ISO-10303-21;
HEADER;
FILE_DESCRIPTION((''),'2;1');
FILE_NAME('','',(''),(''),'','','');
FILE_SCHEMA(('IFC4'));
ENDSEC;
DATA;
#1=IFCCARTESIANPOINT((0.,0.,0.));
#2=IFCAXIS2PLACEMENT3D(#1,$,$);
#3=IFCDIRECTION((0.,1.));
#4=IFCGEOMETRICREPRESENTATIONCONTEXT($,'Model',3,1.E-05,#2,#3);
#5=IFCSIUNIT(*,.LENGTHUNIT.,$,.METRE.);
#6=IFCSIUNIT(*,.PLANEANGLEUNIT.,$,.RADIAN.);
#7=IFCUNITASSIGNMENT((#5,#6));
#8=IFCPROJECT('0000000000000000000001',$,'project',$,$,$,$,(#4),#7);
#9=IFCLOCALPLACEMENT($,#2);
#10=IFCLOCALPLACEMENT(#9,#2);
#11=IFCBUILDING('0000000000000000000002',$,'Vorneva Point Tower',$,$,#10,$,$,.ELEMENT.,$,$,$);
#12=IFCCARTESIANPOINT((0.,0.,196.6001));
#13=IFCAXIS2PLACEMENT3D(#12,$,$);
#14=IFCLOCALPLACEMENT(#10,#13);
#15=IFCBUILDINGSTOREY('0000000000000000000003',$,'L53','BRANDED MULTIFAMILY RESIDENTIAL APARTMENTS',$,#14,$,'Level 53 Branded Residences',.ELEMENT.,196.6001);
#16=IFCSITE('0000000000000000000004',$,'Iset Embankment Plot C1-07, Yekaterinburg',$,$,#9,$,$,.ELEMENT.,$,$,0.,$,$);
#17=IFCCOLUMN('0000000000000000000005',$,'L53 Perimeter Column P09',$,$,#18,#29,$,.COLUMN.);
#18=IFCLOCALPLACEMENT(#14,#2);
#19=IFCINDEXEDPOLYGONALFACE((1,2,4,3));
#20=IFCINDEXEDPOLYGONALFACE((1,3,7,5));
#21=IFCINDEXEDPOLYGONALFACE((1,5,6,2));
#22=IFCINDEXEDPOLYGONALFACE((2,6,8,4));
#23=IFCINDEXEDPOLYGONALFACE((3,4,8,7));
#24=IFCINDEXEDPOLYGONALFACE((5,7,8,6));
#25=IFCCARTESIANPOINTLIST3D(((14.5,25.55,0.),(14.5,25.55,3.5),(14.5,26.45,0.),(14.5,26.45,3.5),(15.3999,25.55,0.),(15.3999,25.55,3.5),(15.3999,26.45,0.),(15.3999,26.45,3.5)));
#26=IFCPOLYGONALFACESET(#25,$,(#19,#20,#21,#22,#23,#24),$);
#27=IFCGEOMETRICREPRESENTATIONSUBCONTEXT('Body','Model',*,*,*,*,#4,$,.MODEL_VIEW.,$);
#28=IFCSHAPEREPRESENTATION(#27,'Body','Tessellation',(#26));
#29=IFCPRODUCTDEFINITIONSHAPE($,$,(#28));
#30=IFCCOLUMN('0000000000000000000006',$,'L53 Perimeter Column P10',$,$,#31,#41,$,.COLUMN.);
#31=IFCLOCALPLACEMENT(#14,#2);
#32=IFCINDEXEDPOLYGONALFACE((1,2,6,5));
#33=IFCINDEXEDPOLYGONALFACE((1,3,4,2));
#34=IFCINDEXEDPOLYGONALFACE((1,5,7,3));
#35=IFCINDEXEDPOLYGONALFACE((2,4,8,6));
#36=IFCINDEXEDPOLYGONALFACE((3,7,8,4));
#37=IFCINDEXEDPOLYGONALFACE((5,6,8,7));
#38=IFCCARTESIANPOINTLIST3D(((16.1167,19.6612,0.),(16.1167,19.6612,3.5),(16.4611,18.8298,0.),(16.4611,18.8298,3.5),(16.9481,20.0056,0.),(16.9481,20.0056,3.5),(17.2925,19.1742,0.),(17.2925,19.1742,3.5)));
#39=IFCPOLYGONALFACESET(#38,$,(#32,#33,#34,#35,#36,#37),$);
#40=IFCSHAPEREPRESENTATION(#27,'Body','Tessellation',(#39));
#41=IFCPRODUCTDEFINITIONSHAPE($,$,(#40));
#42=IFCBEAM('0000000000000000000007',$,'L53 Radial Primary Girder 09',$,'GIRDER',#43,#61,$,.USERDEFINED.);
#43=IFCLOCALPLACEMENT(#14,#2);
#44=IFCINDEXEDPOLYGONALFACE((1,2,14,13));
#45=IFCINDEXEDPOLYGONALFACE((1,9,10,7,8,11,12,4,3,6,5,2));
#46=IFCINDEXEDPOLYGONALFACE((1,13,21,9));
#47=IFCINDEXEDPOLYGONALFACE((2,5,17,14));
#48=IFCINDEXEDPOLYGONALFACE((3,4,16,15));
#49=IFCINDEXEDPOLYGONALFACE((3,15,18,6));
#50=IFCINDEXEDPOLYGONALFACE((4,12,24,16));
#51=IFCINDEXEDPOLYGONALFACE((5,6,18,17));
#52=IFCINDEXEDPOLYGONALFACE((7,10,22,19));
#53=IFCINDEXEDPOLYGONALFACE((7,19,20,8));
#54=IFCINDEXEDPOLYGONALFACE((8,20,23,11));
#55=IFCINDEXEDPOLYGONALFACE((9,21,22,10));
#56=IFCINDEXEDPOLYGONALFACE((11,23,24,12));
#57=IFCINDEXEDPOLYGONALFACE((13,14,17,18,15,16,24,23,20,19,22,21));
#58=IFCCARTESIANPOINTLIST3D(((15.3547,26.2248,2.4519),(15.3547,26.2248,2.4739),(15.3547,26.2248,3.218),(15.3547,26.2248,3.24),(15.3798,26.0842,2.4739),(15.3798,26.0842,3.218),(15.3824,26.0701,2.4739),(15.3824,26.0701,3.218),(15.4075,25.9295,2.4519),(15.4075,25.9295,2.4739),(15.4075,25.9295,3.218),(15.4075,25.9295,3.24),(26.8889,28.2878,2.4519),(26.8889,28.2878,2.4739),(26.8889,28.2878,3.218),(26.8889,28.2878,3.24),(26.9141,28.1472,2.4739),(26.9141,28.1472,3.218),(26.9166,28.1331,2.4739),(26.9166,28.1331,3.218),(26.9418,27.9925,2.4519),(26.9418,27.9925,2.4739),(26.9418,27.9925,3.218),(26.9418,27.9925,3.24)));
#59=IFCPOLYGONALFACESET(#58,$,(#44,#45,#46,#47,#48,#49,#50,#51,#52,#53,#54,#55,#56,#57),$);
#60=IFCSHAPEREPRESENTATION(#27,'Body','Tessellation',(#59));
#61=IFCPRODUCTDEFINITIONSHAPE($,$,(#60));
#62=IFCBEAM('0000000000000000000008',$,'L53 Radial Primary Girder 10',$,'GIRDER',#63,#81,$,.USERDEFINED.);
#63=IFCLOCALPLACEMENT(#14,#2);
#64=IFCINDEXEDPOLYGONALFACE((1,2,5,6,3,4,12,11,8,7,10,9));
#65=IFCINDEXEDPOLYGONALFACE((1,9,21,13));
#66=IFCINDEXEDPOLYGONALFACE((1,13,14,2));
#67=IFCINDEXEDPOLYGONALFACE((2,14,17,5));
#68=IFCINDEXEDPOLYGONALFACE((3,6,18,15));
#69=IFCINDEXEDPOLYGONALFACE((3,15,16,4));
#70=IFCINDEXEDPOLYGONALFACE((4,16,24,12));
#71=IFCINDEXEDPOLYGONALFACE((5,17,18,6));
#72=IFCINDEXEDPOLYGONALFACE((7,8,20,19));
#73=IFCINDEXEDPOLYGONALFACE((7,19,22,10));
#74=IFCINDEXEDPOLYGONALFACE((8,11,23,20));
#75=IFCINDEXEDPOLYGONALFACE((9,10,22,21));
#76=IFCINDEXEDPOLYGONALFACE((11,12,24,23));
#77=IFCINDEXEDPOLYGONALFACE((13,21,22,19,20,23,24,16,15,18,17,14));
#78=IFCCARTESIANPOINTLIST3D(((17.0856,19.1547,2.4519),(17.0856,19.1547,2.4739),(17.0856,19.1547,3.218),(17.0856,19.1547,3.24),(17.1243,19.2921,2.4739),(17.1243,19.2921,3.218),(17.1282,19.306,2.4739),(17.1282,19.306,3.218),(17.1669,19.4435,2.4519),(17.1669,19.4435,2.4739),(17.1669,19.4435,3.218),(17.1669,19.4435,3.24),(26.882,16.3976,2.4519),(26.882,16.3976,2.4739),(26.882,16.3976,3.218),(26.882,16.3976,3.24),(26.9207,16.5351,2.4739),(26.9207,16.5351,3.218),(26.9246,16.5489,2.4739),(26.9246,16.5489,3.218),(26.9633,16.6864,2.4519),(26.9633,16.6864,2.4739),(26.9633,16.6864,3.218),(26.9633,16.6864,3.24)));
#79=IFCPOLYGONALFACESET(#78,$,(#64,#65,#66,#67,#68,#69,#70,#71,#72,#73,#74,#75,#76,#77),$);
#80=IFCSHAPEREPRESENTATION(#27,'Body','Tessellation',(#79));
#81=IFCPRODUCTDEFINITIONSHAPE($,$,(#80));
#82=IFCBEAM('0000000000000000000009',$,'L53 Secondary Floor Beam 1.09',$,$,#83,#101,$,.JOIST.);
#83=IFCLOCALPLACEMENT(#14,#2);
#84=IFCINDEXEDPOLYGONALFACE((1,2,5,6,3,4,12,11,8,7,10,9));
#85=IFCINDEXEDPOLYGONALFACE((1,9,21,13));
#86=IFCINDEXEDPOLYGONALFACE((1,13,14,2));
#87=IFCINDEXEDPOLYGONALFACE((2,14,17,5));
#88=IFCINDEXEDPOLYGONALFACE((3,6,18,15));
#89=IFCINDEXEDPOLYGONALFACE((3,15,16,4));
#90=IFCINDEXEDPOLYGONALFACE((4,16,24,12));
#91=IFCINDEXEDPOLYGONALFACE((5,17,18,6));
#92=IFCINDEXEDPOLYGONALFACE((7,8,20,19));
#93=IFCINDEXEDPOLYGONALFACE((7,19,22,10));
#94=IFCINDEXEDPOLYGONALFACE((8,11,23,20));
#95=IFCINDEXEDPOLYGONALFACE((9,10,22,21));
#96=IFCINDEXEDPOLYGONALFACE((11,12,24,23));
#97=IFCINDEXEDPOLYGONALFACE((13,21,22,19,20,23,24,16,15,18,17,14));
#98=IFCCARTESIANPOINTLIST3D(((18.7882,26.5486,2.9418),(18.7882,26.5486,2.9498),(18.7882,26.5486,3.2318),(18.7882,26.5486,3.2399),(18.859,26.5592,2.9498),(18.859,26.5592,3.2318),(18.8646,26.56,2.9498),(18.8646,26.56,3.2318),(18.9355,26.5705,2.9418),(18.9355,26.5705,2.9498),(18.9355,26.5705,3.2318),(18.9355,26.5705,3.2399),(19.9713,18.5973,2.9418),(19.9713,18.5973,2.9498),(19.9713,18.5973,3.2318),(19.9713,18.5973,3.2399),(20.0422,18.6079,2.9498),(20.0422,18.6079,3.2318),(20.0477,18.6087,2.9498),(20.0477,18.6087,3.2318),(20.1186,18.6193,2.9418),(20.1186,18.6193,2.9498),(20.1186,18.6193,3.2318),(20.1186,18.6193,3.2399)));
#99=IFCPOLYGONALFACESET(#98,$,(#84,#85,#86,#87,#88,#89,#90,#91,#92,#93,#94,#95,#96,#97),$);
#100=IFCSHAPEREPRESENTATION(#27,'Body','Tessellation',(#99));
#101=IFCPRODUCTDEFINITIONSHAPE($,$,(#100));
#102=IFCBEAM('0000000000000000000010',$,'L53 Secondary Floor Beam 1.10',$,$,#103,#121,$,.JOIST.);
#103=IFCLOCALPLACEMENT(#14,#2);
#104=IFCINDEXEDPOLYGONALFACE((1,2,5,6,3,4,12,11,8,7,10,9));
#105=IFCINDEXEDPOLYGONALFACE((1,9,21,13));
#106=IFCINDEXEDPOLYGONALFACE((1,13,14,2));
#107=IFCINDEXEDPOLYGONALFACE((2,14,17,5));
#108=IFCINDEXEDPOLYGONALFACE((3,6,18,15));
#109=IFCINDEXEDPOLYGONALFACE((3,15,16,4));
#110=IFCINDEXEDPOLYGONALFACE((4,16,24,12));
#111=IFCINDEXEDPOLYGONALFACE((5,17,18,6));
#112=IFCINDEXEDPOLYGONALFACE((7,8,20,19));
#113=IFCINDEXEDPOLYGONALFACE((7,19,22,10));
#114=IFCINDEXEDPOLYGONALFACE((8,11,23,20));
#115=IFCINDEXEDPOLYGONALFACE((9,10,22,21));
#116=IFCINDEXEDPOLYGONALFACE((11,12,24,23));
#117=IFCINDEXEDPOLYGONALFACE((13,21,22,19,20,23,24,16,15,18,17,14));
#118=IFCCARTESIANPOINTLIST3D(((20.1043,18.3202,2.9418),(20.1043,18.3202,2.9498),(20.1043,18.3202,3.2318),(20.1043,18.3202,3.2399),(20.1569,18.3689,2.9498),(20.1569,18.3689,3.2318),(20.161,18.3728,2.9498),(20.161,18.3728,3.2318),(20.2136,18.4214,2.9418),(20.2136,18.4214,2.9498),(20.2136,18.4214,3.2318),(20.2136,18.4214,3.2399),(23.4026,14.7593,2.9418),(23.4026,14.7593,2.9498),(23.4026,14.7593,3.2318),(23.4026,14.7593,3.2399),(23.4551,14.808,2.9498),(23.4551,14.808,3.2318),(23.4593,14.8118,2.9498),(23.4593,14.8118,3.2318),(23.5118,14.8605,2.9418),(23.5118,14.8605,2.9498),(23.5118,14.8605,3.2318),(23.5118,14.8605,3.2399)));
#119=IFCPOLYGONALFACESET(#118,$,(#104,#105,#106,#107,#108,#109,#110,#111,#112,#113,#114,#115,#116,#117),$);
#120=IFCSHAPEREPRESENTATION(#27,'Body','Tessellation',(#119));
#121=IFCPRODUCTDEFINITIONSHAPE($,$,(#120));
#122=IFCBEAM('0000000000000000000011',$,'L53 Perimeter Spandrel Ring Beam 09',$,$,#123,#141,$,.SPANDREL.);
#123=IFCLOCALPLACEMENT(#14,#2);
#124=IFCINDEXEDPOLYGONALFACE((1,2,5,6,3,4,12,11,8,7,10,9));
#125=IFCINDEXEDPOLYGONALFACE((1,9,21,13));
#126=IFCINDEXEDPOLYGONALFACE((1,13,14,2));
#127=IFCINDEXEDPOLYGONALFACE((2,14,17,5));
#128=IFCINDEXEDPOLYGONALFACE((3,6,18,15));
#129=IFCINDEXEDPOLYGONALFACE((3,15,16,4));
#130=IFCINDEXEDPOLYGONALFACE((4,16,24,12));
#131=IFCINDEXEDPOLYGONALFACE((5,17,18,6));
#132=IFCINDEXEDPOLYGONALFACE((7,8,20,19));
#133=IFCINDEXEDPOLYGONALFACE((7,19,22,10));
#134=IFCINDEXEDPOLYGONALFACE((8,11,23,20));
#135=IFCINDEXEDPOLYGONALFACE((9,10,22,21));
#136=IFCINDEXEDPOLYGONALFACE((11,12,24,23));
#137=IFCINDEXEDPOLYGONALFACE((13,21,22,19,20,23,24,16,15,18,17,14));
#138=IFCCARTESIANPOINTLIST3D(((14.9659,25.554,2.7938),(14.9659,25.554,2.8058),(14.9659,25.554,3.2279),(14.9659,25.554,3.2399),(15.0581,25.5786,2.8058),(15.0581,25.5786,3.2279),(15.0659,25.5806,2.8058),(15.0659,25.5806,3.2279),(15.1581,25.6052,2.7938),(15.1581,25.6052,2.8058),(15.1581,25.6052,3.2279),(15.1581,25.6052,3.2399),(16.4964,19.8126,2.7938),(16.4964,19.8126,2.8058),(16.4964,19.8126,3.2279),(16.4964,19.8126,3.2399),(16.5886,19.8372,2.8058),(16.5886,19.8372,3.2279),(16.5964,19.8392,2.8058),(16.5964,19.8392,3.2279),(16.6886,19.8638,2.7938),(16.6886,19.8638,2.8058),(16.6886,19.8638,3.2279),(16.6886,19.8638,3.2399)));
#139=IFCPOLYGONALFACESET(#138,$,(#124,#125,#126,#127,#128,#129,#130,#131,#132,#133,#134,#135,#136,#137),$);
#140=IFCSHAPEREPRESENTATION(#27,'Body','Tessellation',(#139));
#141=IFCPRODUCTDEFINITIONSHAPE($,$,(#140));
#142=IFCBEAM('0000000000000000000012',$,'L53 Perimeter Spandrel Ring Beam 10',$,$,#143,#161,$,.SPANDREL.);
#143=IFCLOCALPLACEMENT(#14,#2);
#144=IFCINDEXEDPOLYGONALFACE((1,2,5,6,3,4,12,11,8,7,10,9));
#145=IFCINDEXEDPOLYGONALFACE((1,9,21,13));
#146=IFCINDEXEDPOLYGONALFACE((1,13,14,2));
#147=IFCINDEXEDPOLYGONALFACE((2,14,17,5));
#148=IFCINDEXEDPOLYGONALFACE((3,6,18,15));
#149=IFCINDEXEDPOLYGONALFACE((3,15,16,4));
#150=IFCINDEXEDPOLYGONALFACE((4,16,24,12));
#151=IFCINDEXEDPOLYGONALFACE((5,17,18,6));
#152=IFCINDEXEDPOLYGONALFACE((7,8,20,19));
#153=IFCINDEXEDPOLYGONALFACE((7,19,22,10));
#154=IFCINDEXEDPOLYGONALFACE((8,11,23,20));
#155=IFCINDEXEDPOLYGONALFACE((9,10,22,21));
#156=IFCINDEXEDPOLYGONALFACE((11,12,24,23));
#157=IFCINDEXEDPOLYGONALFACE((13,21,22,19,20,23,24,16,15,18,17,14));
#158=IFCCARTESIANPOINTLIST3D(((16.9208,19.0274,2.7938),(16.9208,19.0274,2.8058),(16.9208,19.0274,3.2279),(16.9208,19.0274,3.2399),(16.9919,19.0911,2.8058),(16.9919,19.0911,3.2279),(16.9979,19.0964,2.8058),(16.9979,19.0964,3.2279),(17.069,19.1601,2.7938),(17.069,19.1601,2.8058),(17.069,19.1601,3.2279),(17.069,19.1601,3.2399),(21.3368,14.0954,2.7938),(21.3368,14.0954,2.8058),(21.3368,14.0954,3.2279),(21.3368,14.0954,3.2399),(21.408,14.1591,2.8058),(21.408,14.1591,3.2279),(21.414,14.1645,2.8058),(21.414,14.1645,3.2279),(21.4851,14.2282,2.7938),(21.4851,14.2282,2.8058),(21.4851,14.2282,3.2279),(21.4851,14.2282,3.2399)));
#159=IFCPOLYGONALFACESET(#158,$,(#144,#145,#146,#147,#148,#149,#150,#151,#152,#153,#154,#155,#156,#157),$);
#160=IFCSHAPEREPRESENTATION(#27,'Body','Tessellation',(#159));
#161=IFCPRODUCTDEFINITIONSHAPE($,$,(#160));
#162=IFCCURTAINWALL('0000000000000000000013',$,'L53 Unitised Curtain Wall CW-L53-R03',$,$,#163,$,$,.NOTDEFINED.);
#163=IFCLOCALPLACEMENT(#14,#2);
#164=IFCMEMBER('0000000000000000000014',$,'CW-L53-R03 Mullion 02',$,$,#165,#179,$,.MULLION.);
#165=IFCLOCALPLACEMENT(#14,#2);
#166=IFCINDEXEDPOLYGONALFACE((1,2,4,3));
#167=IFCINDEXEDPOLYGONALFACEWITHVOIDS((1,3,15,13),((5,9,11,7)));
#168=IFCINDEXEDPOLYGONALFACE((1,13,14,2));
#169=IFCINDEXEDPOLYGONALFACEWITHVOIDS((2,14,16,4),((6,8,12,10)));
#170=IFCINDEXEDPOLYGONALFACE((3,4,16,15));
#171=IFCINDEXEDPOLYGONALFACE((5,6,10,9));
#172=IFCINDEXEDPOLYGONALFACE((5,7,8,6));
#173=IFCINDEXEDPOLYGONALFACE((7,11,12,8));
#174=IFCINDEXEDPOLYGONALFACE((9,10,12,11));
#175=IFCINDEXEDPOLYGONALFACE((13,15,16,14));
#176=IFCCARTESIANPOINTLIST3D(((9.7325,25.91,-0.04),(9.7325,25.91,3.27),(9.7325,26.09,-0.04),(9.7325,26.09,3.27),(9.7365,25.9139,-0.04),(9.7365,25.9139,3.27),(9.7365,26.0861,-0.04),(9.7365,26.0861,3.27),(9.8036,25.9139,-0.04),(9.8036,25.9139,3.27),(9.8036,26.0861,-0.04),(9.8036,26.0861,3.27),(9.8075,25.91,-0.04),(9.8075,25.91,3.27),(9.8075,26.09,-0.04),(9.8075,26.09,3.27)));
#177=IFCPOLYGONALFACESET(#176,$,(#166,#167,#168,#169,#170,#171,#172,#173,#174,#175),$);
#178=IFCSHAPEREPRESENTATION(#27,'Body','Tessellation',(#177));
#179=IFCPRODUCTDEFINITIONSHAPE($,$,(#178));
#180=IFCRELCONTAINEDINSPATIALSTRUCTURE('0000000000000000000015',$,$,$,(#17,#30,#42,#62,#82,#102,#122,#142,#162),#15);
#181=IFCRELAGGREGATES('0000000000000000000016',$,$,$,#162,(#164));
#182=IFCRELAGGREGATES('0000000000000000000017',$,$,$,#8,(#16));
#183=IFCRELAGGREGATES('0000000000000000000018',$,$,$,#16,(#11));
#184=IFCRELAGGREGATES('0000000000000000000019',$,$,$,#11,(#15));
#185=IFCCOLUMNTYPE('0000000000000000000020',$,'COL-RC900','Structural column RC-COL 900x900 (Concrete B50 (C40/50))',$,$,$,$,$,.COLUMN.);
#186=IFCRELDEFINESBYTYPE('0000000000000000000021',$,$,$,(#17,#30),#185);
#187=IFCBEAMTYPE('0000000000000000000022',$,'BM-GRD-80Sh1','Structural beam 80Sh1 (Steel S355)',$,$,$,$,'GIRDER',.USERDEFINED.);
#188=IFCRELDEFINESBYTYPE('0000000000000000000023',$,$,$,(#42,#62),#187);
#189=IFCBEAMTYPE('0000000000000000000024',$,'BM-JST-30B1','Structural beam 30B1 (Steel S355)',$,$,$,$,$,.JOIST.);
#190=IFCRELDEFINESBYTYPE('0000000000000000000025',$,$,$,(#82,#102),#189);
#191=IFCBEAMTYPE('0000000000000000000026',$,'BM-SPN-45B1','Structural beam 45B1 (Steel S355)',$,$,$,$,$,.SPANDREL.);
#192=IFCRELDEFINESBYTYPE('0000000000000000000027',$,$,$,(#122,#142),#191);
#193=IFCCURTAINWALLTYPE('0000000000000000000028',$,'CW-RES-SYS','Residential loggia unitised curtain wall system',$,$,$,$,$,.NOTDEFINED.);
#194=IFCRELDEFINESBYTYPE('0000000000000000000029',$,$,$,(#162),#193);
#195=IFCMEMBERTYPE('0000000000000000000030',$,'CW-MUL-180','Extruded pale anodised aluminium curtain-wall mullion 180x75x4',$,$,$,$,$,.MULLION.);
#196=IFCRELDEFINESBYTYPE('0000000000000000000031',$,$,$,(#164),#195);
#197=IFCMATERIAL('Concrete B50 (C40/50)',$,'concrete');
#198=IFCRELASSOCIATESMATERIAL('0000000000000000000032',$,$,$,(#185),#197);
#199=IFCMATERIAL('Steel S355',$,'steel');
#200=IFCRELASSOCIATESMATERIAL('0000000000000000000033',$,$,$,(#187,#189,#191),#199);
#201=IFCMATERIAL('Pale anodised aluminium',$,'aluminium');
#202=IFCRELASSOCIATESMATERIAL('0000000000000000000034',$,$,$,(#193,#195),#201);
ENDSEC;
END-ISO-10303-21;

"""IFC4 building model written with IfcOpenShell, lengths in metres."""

from ifc_helpers import new_model, si_unit, direction, frame, origin, origin_2d, place, context, subcontext, project, spatial, rectangle, hollow_rectangle, i_section, extrude, material, material_profile, profile_set, type_object, element, aggregate, save


model = new_model("IFC4")

# Units and contexts
model_context = context("Model", 3, precision=1e-05, world=origin(), true_north=direction((0.0, 1.0)))
body_context = subcontext(model_context, "Body", "Model", "MODEL_VIEW")
ifc_project = project(units=[si_unit("LENGTHUNIT", "METRE"), si_unit("PLANEANGLEUNIT", "RADIAN")], contexts=[model_context])

# Site, building, storey
site_placement = place(None, origin())
site = spatial("IfcSite", under=ifc_project, at=site_placement, Name="Iset Embankment Plot C1-07, Yekaterinburg", CompositionType="ELEMENT", RefElevation=0.0)
building_placement = place(site_placement, origin())
building = spatial("IfcBuilding", under=site, at=building_placement, Name="Vorneva Point Tower", CompositionType="ELEMENT")
storey_placement = place(building_placement, frame((0.0, 0.0, 196.6001)))
storey = spatial("IfcBuildingStorey", under=building, at=storey_placement, Name="L53", Description="BRANDED MULTIFAMILY RESIDENTIAL APARTMENTS", LongName="Level 53 Branded Residences", CompositionType="ELEMENT", Elevation=196.6001)

# Columns
ifc_material_1 = material(Name="Concrete B50 (C40/50)", Category="concrete")
ifc_material_profile_1 = material_profile(ifc_material_1, rectangle(XDim=0.8999, YDim=0.8999, at=origin_2d()), Name="RC-COL 900x900")
ifc_profile_set_1 = profile_set([ifc_material_profile_1], Name="Concrete B50 (C40/50)")
column_type = type_object("IfcColumnType", Name="COL-RC900", Description="Structural column RC-COL 900x900 (Concrete B50 (C40/50))", PredefinedType="COLUMN", material=ifc_profile_set_1)
for number, where, z_axis, x_axis, name in (
    (1, (14.95, 26.0, 0.0), (0.0, 0.0, 1.0), (-1.0, 0.0, 0.0), "L53 Perimeter Column P09"),
    (2, (16.7046, 19.4177, 0.0), (0.0, 0.0, 1.0), (-0.92388, -0.382683, 0.0), "L53 Perimeter Column P10"),
):
    element("IfcColumn", number, at=place(storey_placement, frame(where, z_axis=z_axis, x_axis=x_axis)), inside=storey, type_object=column_type, Name=name, PredefinedType="COLUMN", context=body_context, shape_type="SweptSolid", body=[
        extrude(rectangle(XDim=0.8999, YDim=0.8999, at=origin_2d()), origin(), (0.0, 0.0, 1.0), 3.5),
    ])

# Beams
ifc_material_2 = material(Name="Steel S355", Category="steel")
ifc_material_profile_2 = material_profile(ifc_material_2, i_section(OverallWidth=0.3, OverallDepth=0.7881, WebThickness=0.0144, FlangeThickness=0.022, at=origin_2d()), Name="80Sh1")
ifc_profile_set_2 = profile_set([ifc_material_profile_2], Name="Steel S355")
beam_type_1 = type_object("IfcBeamType", Name="BM-GRD-80Sh1", Description="Structural beam 80Sh1 (Steel S355)", ElementType="GIRDER", PredefinedType="USERDEFINED", material=ifc_profile_set_2)
beam_1_placement = place(storey_placement, frame((15.3811, 26.0771, 2.8459), z_axis=(0.984379, 0.176065, 0.0), x_axis=(-0.176065, 0.984379, 0.0)))
element("IfcBeam", 3, at=beam_1_placement, inside=storey, type_object=beam_type_1, Name="L53 Radial Primary Girder 09", ObjectType="GIRDER", PredefinedType="USERDEFINED", context=body_context, shape_type="SweptSolid", body=[
    extrude(i_section(OverallWidth=0.3, OverallDepth=0.7881, WebThickness=0.0144, FlangeThickness=0.022, at=origin_2d()), origin(), (0.0, 0.0, 1.0), 11.7173),
])
beam_2_placement = place(storey_placement, frame((17.1262, 19.2991, 2.8459), z_axis=(0.962604, -0.270914, 0.0), x_axis=(0.270914, 0.962604, 0.0)))
element("IfcBeam", 4, at=beam_2_placement, inside=storey, type_object=beam_type_1, Name="L53 Radial Primary Girder 10", ObjectType="GIRDER", PredefinedType="USERDEFINED", context=body_context, shape_type="SweptSolid", body=[
    extrude(i_section(OverallWidth=0.3, OverallDepth=0.7881, WebThickness=0.0144, FlangeThickness=0.022, at=origin_2d()), origin(), (0.0, 0.0, 1.0), 10.177),
])
ifc_material_profile_3 = material_profile(ifc_material_2, i_section(OverallWidth=0.1489, OverallDepth=0.2981, WebThickness=0.0056, FlangeThickness=0.0081, at=origin_2d()), Name="30B1")
ifc_profile_set_3 = profile_set([ifc_material_profile_3], Name="Steel S355")
beam_type_2 = type_object("IfcBeamType", Name="BM-JST-30B1", Description="Structural beam 30B1 (Steel S355)", PredefinedType="JOIST", material=ifc_profile_set_3)
beam_3_placement = place(storey_placement, frame((18.8618, 26.5596, 3.0908), z_axis=(0.147176, -0.98911, 0.0), x_axis=(0.98911, 0.147176, 0.0)))
element("IfcBeam", 5, at=beam_3_placement, inside=storey, type_object=beam_type_2, Name="L53 Secondary Floor Beam 1.09", PredefinedType="JOIST", context=body_context, shape_type="SweptSolid", body=[
    extrude(i_section(OverallWidth=0.1489, OverallDepth=0.2981, WebThickness=0.0056, FlangeThickness=0.0081, at=origin_2d()), origin(), (0.0, 0.0, 1.0), 8.0388),
])
beam_4_placement = place(storey_placement, frame((20.1589, 18.3708, 3.0908), z_axis=(0.679528, -0.733649, 0.0), x_axis=(0.733649, 0.679528, 0.0)))
element("IfcBeam", 6, at=beam_4_placement, inside=storey, type_object=beam_type_2, Name="L53 Secondary Floor Beam 1.10", PredefinedType="JOIST", context=body_context, shape_type="SweptSolid", body=[
    extrude(i_section(OverallWidth=0.1489, OverallDepth=0.2981, WebThickness=0.0056, FlangeThickness=0.0081, at=origin_2d()), origin(), (0.0, 0.0, 1.0), 4.8538),
])
ifc_material_profile_4 = material_profile(ifc_material_2, i_section(OverallWidth=0.199, OverallDepth=0.446, WebThickness=0.0081, FlangeThickness=0.012, at=origin_2d()), Name="45B1")
ifc_profile_set_4 = profile_set([ifc_material_profile_4], Name="Steel S355")
beam_type_3 = type_object("IfcBeamType", Name="BM-SPN-45B1", Description="Structural beam 45B1 (Steel S355)", PredefinedType="SPANDREL", material=ifc_profile_set_4)
beam_5_placement = place(storey_placement, frame((15.062, 25.5796, 3.0168), z_axis=(0.257578, -0.966257, 0.0), x_axis=(0.966257, 0.257578, 0.0)))
element("IfcBeam", 7, at=beam_5_placement, inside=storey, type_object=beam_type_3, Name="L53 Perimeter Spandrel Ring Beam 09", PredefinedType="SPANDREL", context=body_context, shape_type="SweptSolid", body=[
    extrude(i_section(OverallWidth=0.199, OverallDepth=0.446, WebThickness=0.0081, FlangeThickness=0.012, at=origin_2d()), origin(), (0.0, 0.0, 1.0), 5.9419),
])
beam_6_placement = place(storey_placement, frame((16.9949, 19.0938, 3.0168), z_axis=(0.66707, -0.744995, 0.0), x_axis=(0.744995, 0.66707, 0.0)))
element("IfcBeam", 8, at=beam_6_placement, inside=storey, type_object=beam_type_3, Name="L53 Perimeter Spandrel Ring Beam 10", PredefinedType="SPANDREL", context=body_context, shape_type="SweptSolid", body=[
    extrude(i_section(OverallWidth=0.199, OverallDepth=0.446, WebThickness=0.0081, FlangeThickness=0.012, at=origin_2d()), origin(), (0.0, 0.0, 1.0), 6.6201),
])

# Curtain wall, member
ifc_material_3 = material(Name="Pale anodised aluminium", Category="aluminium")
curtain_wall_type = type_object("IfcCurtainWallType", Name="CW-RES-SYS", Description="Residential loggia unitised curtain wall system", PredefinedType="NOTDEFINED", material=ifc_material_3)
curtain_wall_placement = place(storey_placement, origin())
curtain_wall = element("IfcCurtainWall", 9, at=curtain_wall_placement, inside=storey, type_object=curtain_wall_type, Name="L53 Unitised Curtain Wall CW-L53-R03", PredefinedType="NOTDEFINED")
ifc_material_profile_5 = material_profile(ifc_material_3, hollow_rectangle(XDim=0.075, YDim=0.1799, WallThickness=0.0039, at=origin_2d()), Name="AL-MUL 180x75x4")
ifc_profile_set_5 = profile_set([ifc_material_profile_5], Name="Pale anodised aluminium")
member_type_1 = type_object("IfcMemberType", Name="CW-MUL-180", Description="Extruded pale anodised aluminium curtain-wall mullion 180x75x4", PredefinedType="MULLION", material=ifc_profile_set_5)
member_1_placement = place(storey_placement, frame((9.77, 26.0, -0.04), z_axis=(0.0, 0.0, 1.0), x_axis=(1.0, 0.0, 0.0)))
member_1 = element("IfcMember", 10, at=member_1_placement, type_object=member_type_1, Name="CW-L53-R03 Mullion 02", PredefinedType="MULLION", context=body_context, shape_type="SweptSolid", body=[
    extrude(hollow_rectangle(XDim=0.075, YDim=0.1799, WallThickness=0.0039, at=origin_2d()), origin(), (0.0, 0.0, 1.0), 3.3101),
])
aggregate(curtain_wall, [member_1])

save(model, "model.ifc")
